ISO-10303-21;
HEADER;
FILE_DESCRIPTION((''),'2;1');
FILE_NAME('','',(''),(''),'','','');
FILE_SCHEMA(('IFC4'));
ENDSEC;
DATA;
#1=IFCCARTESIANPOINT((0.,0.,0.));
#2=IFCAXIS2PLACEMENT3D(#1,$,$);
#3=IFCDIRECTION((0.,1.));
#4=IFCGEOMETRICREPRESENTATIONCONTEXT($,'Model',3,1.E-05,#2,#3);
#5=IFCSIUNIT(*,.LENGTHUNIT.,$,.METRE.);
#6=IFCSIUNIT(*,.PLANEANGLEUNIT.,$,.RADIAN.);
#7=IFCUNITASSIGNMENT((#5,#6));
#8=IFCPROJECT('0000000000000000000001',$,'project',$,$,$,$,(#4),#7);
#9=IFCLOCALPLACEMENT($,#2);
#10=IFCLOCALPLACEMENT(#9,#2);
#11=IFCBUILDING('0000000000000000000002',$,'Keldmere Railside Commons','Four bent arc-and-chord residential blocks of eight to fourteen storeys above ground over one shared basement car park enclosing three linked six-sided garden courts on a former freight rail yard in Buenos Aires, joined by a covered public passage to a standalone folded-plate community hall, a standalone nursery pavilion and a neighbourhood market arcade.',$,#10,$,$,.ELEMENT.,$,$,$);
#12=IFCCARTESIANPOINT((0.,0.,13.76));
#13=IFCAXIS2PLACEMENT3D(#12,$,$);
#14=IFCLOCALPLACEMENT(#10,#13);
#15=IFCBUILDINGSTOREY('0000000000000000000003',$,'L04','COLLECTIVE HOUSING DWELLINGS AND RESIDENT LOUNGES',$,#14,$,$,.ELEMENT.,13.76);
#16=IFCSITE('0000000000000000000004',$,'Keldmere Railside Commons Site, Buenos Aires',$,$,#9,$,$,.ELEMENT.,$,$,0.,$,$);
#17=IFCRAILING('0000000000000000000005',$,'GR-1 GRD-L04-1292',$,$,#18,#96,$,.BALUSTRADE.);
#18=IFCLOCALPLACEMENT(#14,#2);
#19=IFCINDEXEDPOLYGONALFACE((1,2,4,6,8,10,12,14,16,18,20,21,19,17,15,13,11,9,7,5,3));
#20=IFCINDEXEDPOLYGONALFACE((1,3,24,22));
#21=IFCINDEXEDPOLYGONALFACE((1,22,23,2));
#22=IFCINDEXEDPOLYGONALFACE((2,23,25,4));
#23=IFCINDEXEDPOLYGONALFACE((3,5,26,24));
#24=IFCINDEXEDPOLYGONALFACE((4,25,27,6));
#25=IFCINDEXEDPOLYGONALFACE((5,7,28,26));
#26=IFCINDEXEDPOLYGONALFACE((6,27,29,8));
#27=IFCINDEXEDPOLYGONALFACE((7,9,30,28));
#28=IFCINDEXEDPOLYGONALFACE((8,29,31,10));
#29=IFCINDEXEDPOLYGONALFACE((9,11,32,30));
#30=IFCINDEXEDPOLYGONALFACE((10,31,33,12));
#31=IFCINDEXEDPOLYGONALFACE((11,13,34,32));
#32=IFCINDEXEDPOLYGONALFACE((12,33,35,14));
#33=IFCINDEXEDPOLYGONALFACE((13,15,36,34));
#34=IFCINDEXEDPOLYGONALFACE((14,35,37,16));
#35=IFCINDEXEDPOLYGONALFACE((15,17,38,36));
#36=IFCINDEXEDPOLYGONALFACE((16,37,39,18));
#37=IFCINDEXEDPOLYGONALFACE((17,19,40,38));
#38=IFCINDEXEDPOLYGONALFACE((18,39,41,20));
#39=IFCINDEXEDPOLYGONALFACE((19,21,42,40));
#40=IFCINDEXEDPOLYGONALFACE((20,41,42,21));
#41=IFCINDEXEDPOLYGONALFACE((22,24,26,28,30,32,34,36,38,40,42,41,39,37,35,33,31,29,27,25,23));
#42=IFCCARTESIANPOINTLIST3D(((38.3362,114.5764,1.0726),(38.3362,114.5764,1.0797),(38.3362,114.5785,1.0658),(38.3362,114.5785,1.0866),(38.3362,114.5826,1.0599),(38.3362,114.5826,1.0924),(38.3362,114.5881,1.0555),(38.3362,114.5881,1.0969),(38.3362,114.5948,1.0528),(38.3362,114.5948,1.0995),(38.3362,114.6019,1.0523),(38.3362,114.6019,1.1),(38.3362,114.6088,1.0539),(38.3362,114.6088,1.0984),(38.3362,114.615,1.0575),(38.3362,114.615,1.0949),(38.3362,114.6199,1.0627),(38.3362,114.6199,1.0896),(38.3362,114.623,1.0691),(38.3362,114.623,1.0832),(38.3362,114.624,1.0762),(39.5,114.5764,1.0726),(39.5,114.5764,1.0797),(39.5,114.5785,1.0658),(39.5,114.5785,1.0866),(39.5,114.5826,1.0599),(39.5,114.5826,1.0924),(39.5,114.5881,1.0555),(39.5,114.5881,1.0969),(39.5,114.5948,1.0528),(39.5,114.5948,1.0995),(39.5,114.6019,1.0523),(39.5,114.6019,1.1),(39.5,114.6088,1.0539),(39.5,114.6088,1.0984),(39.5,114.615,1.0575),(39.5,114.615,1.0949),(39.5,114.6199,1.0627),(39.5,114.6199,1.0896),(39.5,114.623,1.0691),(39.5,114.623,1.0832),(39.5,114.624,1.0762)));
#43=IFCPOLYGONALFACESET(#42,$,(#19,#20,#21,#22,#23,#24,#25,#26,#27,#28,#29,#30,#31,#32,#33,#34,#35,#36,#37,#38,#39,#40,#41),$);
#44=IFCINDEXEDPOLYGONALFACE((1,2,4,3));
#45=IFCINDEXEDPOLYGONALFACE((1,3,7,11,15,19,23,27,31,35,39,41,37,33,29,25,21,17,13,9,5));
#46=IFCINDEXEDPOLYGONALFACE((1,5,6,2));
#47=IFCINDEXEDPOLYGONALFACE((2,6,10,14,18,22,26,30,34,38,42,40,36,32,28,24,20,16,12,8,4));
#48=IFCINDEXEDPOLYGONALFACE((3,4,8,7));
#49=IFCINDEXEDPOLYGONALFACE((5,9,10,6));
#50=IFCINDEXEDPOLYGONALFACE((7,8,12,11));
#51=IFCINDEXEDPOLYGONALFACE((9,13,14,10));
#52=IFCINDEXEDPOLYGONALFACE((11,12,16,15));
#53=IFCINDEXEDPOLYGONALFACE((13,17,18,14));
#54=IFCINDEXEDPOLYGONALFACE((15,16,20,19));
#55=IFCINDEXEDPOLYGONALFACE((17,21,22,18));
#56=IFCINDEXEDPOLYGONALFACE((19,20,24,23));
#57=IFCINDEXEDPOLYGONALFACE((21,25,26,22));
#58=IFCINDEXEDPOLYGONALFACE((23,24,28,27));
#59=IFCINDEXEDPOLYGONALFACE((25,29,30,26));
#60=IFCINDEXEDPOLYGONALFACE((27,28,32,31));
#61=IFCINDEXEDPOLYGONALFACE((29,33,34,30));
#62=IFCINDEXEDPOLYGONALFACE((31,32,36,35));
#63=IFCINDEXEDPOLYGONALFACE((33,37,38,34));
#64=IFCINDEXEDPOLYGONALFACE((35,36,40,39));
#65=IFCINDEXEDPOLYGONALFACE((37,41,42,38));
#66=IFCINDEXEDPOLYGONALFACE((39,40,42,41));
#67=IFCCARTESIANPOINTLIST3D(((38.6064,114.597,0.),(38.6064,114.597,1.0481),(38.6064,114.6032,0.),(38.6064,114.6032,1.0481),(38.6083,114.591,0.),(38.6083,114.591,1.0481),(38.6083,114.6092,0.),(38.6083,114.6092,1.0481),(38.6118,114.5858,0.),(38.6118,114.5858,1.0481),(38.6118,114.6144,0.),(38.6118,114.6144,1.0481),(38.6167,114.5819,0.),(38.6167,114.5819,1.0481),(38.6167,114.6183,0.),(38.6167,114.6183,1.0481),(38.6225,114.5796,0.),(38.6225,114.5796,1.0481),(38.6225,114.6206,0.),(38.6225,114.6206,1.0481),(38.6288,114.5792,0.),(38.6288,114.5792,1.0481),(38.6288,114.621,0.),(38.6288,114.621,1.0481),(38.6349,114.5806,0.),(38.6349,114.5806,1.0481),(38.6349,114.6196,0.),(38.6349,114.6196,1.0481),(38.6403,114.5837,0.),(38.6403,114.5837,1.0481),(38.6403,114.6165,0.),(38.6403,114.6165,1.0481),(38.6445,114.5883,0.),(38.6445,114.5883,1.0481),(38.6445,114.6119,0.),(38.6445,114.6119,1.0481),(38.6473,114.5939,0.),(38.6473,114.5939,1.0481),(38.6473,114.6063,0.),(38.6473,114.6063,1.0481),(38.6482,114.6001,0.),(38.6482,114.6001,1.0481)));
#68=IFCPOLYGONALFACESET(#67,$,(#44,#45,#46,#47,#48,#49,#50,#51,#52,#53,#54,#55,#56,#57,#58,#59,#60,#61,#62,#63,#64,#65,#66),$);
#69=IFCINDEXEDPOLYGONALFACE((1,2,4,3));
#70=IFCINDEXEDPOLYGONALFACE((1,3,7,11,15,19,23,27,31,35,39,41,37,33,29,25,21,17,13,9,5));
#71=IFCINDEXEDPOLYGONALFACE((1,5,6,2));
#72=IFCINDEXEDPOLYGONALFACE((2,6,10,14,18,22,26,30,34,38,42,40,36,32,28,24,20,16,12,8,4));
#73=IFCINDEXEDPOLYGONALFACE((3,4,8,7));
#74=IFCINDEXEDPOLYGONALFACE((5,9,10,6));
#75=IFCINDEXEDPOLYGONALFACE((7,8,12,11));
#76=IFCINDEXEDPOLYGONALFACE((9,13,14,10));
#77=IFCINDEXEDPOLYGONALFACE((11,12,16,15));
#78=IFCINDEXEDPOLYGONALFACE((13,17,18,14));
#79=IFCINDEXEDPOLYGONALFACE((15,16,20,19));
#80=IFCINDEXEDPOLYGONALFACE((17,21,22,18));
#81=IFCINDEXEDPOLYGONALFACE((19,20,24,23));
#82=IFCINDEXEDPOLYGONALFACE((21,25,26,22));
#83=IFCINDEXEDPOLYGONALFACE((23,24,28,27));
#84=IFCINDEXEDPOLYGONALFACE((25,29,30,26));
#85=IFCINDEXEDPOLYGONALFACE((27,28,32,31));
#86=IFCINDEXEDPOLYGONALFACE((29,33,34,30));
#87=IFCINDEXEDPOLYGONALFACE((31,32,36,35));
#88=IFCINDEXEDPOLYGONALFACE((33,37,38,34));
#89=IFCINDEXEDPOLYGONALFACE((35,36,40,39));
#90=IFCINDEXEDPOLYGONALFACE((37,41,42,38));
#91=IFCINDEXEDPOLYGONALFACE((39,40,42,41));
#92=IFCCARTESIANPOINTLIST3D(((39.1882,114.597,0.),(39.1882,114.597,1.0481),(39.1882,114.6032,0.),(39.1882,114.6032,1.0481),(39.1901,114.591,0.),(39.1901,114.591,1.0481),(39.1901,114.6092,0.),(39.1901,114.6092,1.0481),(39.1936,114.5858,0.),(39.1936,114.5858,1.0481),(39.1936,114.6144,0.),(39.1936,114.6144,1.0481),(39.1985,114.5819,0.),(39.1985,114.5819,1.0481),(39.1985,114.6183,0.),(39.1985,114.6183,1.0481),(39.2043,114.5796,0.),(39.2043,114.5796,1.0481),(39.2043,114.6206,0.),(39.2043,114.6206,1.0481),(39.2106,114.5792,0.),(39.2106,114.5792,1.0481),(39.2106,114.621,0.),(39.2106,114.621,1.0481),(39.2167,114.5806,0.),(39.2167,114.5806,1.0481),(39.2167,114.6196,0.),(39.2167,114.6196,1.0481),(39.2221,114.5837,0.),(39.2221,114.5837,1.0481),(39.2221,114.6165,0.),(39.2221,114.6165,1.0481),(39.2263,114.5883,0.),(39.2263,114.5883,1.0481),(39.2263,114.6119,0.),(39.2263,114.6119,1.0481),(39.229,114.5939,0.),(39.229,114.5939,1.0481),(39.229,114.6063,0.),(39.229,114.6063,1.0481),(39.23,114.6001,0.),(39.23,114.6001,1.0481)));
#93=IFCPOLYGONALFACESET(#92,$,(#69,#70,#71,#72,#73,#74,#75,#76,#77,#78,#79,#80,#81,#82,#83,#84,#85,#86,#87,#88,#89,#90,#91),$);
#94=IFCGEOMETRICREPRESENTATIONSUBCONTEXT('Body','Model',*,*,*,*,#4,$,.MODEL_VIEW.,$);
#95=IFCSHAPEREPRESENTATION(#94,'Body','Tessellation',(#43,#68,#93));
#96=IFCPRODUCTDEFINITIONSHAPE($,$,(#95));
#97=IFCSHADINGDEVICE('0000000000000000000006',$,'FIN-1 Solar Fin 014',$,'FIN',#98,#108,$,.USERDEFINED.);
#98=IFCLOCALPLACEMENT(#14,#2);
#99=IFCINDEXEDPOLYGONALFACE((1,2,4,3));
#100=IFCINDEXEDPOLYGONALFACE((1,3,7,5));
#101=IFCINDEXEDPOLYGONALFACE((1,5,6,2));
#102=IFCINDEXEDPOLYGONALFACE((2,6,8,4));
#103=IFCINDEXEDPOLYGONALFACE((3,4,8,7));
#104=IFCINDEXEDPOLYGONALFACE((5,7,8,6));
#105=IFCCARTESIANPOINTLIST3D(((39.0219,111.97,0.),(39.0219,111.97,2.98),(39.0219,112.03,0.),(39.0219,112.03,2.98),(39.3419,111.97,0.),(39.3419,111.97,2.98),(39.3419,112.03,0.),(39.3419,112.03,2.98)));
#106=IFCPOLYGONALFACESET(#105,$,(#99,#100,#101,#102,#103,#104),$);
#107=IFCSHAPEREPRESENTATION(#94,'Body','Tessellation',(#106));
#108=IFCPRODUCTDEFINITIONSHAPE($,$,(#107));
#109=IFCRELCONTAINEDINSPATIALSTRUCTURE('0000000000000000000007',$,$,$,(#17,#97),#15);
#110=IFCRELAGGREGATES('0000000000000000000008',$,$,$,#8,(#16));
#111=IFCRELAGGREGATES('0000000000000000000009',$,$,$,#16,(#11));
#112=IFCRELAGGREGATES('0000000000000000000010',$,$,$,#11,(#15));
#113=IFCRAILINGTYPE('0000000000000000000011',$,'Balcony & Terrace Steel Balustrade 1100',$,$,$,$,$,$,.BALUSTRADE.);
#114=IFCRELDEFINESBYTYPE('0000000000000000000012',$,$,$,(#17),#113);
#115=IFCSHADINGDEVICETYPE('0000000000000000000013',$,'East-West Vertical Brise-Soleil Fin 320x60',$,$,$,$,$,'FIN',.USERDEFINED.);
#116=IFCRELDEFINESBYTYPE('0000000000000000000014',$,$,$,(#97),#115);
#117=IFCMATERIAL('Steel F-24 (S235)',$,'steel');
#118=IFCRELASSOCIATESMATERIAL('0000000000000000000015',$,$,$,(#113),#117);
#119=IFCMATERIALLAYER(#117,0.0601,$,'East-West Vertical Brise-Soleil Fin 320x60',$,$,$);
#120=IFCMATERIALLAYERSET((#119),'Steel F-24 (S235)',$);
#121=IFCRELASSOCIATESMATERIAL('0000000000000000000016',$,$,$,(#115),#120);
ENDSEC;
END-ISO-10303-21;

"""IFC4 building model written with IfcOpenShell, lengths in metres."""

from ifc_helpers import new_model, si_unit, direction, frame, origin, origin_2d, place, context, subcontext, project, spatial, rectangle, circle, extrude, material, layer, layer_set, type_object, element, save


model = new_model("IFC4")

# Units and contexts
model_context = context("Model", 3, precision=1e-05, world=origin(), true_north=direction((0.0, 1.0)))
body_context = subcontext(model_context, "Body", "Model", "MODEL_VIEW")
ifc_project = project(units=[si_unit("LENGTHUNIT", "METRE"), si_unit("PLANEANGLEUNIT", "RADIAN")], contexts=[model_context])

# Site, building, storey
site_placement = place(None, origin())
site = spatial("IfcSite", under=ifc_project, at=site_placement, Name="Keldmere Railside Commons Site, Buenos Aires", CompositionType="ELEMENT", RefElevation=0.0)
building_placement = place(site_placement, origin())
building = spatial("IfcBuilding", under=site, at=building_placement, Name="Keldmere Railside Commons", Description="Four bent arc-and-chord residential blocks of eight to fourteen storeys above ground over one shared basement car park enclosing three linked six-sided garden courts on a former freight rail yard in Buenos Aires, joined by a covered public passage to a standalone folded-plate community hall, a standalone nursery pavilion and a neighbourhood market arcade.", CompositionType="ELEMENT")
storey_placement = place(building_placement, frame((0.0, 0.0, 13.76)))
storey = spatial("IfcBuildingStorey", under=building, at=storey_placement, Name="L04", Description="COLLECTIVE HOUSING DWELLINGS AND RESIDENT LOUNGES", CompositionType="ELEMENT", Elevation=13.76)

# Railing
ifc_material_1 = material(Name="Steel F-24 (S235)", Category="steel")
railing_type = type_object("IfcRailingType", Name="Balcony & Terrace Steel Balustrade 1100", PredefinedType="BALUSTRADE", material=ifc_material_1)
railing_1_placement = place(storey_placement, frame((38.3362, 114.6001, 0.0)))
element("IfcRailing", 1, at=railing_1_placement, inside=storey, type_object=railing_type, Name="GR-1 GRD-L04-1292", PredefinedType="BALUSTRADE", context=body_context, shape_type="SweptSolid", body=[
    extrude(circle(Radius=0.0239, at=origin_2d()), frame((0.0, 0.0, 1.0762), z_axis=(1.0, 0.0, 0.0), x_axis=(0.0, 1.0, 0.0)), (0.0, 0.0, 1.0), 1.1638),
    extrude(circle(Radius=0.021, at=origin_2d()), frame((0.291, 0.0, 0.0)), (0.0, 0.0, 1.0), 1.0481),
    extrude(circle(Radius=0.021, at=origin_2d()), frame((0.8728, 0.0, 0.0)), (0.0, 0.0, 1.0), 1.0481),
])

# Shading device
ifc_layer_1 = layer(ifc_material_1, 0.0601, Name="East-West Vertical Brise-Soleil Fin 320x60")
ifc_layer_set_1 = layer_set([ifc_layer_1], Name="Steel F-24 (S235)")
shading_device_type = type_object("IfcShadingDeviceType", Name="East-West Vertical Brise-Soleil Fin 320x60", ElementType="FIN", PredefinedType="USERDEFINED", material=ifc_layer_set_1)
shading_device_placement = place(storey_placement, frame((39.1819, 112.0, 0.0), z_axis=(0.0, 0.0, 1.0), x_axis=(1.0, 0.0, 0.0)))
element("IfcShadingDevice", 2, at=shading_device_placement, inside=storey, type_object=shading_device_type, Name="FIN-1 Solar Fin 014", ObjectType="FIN", PredefinedType="USERDEFINED", context=body_context, shape_type="SweptSolid", body=[
    extrude(rectangle(XDim=0.3201, YDim=0.0601, at=origin_2d()), origin(), (0.0, 0.0, 1.0), 2.98),
])

save(model, "model.ifc")
